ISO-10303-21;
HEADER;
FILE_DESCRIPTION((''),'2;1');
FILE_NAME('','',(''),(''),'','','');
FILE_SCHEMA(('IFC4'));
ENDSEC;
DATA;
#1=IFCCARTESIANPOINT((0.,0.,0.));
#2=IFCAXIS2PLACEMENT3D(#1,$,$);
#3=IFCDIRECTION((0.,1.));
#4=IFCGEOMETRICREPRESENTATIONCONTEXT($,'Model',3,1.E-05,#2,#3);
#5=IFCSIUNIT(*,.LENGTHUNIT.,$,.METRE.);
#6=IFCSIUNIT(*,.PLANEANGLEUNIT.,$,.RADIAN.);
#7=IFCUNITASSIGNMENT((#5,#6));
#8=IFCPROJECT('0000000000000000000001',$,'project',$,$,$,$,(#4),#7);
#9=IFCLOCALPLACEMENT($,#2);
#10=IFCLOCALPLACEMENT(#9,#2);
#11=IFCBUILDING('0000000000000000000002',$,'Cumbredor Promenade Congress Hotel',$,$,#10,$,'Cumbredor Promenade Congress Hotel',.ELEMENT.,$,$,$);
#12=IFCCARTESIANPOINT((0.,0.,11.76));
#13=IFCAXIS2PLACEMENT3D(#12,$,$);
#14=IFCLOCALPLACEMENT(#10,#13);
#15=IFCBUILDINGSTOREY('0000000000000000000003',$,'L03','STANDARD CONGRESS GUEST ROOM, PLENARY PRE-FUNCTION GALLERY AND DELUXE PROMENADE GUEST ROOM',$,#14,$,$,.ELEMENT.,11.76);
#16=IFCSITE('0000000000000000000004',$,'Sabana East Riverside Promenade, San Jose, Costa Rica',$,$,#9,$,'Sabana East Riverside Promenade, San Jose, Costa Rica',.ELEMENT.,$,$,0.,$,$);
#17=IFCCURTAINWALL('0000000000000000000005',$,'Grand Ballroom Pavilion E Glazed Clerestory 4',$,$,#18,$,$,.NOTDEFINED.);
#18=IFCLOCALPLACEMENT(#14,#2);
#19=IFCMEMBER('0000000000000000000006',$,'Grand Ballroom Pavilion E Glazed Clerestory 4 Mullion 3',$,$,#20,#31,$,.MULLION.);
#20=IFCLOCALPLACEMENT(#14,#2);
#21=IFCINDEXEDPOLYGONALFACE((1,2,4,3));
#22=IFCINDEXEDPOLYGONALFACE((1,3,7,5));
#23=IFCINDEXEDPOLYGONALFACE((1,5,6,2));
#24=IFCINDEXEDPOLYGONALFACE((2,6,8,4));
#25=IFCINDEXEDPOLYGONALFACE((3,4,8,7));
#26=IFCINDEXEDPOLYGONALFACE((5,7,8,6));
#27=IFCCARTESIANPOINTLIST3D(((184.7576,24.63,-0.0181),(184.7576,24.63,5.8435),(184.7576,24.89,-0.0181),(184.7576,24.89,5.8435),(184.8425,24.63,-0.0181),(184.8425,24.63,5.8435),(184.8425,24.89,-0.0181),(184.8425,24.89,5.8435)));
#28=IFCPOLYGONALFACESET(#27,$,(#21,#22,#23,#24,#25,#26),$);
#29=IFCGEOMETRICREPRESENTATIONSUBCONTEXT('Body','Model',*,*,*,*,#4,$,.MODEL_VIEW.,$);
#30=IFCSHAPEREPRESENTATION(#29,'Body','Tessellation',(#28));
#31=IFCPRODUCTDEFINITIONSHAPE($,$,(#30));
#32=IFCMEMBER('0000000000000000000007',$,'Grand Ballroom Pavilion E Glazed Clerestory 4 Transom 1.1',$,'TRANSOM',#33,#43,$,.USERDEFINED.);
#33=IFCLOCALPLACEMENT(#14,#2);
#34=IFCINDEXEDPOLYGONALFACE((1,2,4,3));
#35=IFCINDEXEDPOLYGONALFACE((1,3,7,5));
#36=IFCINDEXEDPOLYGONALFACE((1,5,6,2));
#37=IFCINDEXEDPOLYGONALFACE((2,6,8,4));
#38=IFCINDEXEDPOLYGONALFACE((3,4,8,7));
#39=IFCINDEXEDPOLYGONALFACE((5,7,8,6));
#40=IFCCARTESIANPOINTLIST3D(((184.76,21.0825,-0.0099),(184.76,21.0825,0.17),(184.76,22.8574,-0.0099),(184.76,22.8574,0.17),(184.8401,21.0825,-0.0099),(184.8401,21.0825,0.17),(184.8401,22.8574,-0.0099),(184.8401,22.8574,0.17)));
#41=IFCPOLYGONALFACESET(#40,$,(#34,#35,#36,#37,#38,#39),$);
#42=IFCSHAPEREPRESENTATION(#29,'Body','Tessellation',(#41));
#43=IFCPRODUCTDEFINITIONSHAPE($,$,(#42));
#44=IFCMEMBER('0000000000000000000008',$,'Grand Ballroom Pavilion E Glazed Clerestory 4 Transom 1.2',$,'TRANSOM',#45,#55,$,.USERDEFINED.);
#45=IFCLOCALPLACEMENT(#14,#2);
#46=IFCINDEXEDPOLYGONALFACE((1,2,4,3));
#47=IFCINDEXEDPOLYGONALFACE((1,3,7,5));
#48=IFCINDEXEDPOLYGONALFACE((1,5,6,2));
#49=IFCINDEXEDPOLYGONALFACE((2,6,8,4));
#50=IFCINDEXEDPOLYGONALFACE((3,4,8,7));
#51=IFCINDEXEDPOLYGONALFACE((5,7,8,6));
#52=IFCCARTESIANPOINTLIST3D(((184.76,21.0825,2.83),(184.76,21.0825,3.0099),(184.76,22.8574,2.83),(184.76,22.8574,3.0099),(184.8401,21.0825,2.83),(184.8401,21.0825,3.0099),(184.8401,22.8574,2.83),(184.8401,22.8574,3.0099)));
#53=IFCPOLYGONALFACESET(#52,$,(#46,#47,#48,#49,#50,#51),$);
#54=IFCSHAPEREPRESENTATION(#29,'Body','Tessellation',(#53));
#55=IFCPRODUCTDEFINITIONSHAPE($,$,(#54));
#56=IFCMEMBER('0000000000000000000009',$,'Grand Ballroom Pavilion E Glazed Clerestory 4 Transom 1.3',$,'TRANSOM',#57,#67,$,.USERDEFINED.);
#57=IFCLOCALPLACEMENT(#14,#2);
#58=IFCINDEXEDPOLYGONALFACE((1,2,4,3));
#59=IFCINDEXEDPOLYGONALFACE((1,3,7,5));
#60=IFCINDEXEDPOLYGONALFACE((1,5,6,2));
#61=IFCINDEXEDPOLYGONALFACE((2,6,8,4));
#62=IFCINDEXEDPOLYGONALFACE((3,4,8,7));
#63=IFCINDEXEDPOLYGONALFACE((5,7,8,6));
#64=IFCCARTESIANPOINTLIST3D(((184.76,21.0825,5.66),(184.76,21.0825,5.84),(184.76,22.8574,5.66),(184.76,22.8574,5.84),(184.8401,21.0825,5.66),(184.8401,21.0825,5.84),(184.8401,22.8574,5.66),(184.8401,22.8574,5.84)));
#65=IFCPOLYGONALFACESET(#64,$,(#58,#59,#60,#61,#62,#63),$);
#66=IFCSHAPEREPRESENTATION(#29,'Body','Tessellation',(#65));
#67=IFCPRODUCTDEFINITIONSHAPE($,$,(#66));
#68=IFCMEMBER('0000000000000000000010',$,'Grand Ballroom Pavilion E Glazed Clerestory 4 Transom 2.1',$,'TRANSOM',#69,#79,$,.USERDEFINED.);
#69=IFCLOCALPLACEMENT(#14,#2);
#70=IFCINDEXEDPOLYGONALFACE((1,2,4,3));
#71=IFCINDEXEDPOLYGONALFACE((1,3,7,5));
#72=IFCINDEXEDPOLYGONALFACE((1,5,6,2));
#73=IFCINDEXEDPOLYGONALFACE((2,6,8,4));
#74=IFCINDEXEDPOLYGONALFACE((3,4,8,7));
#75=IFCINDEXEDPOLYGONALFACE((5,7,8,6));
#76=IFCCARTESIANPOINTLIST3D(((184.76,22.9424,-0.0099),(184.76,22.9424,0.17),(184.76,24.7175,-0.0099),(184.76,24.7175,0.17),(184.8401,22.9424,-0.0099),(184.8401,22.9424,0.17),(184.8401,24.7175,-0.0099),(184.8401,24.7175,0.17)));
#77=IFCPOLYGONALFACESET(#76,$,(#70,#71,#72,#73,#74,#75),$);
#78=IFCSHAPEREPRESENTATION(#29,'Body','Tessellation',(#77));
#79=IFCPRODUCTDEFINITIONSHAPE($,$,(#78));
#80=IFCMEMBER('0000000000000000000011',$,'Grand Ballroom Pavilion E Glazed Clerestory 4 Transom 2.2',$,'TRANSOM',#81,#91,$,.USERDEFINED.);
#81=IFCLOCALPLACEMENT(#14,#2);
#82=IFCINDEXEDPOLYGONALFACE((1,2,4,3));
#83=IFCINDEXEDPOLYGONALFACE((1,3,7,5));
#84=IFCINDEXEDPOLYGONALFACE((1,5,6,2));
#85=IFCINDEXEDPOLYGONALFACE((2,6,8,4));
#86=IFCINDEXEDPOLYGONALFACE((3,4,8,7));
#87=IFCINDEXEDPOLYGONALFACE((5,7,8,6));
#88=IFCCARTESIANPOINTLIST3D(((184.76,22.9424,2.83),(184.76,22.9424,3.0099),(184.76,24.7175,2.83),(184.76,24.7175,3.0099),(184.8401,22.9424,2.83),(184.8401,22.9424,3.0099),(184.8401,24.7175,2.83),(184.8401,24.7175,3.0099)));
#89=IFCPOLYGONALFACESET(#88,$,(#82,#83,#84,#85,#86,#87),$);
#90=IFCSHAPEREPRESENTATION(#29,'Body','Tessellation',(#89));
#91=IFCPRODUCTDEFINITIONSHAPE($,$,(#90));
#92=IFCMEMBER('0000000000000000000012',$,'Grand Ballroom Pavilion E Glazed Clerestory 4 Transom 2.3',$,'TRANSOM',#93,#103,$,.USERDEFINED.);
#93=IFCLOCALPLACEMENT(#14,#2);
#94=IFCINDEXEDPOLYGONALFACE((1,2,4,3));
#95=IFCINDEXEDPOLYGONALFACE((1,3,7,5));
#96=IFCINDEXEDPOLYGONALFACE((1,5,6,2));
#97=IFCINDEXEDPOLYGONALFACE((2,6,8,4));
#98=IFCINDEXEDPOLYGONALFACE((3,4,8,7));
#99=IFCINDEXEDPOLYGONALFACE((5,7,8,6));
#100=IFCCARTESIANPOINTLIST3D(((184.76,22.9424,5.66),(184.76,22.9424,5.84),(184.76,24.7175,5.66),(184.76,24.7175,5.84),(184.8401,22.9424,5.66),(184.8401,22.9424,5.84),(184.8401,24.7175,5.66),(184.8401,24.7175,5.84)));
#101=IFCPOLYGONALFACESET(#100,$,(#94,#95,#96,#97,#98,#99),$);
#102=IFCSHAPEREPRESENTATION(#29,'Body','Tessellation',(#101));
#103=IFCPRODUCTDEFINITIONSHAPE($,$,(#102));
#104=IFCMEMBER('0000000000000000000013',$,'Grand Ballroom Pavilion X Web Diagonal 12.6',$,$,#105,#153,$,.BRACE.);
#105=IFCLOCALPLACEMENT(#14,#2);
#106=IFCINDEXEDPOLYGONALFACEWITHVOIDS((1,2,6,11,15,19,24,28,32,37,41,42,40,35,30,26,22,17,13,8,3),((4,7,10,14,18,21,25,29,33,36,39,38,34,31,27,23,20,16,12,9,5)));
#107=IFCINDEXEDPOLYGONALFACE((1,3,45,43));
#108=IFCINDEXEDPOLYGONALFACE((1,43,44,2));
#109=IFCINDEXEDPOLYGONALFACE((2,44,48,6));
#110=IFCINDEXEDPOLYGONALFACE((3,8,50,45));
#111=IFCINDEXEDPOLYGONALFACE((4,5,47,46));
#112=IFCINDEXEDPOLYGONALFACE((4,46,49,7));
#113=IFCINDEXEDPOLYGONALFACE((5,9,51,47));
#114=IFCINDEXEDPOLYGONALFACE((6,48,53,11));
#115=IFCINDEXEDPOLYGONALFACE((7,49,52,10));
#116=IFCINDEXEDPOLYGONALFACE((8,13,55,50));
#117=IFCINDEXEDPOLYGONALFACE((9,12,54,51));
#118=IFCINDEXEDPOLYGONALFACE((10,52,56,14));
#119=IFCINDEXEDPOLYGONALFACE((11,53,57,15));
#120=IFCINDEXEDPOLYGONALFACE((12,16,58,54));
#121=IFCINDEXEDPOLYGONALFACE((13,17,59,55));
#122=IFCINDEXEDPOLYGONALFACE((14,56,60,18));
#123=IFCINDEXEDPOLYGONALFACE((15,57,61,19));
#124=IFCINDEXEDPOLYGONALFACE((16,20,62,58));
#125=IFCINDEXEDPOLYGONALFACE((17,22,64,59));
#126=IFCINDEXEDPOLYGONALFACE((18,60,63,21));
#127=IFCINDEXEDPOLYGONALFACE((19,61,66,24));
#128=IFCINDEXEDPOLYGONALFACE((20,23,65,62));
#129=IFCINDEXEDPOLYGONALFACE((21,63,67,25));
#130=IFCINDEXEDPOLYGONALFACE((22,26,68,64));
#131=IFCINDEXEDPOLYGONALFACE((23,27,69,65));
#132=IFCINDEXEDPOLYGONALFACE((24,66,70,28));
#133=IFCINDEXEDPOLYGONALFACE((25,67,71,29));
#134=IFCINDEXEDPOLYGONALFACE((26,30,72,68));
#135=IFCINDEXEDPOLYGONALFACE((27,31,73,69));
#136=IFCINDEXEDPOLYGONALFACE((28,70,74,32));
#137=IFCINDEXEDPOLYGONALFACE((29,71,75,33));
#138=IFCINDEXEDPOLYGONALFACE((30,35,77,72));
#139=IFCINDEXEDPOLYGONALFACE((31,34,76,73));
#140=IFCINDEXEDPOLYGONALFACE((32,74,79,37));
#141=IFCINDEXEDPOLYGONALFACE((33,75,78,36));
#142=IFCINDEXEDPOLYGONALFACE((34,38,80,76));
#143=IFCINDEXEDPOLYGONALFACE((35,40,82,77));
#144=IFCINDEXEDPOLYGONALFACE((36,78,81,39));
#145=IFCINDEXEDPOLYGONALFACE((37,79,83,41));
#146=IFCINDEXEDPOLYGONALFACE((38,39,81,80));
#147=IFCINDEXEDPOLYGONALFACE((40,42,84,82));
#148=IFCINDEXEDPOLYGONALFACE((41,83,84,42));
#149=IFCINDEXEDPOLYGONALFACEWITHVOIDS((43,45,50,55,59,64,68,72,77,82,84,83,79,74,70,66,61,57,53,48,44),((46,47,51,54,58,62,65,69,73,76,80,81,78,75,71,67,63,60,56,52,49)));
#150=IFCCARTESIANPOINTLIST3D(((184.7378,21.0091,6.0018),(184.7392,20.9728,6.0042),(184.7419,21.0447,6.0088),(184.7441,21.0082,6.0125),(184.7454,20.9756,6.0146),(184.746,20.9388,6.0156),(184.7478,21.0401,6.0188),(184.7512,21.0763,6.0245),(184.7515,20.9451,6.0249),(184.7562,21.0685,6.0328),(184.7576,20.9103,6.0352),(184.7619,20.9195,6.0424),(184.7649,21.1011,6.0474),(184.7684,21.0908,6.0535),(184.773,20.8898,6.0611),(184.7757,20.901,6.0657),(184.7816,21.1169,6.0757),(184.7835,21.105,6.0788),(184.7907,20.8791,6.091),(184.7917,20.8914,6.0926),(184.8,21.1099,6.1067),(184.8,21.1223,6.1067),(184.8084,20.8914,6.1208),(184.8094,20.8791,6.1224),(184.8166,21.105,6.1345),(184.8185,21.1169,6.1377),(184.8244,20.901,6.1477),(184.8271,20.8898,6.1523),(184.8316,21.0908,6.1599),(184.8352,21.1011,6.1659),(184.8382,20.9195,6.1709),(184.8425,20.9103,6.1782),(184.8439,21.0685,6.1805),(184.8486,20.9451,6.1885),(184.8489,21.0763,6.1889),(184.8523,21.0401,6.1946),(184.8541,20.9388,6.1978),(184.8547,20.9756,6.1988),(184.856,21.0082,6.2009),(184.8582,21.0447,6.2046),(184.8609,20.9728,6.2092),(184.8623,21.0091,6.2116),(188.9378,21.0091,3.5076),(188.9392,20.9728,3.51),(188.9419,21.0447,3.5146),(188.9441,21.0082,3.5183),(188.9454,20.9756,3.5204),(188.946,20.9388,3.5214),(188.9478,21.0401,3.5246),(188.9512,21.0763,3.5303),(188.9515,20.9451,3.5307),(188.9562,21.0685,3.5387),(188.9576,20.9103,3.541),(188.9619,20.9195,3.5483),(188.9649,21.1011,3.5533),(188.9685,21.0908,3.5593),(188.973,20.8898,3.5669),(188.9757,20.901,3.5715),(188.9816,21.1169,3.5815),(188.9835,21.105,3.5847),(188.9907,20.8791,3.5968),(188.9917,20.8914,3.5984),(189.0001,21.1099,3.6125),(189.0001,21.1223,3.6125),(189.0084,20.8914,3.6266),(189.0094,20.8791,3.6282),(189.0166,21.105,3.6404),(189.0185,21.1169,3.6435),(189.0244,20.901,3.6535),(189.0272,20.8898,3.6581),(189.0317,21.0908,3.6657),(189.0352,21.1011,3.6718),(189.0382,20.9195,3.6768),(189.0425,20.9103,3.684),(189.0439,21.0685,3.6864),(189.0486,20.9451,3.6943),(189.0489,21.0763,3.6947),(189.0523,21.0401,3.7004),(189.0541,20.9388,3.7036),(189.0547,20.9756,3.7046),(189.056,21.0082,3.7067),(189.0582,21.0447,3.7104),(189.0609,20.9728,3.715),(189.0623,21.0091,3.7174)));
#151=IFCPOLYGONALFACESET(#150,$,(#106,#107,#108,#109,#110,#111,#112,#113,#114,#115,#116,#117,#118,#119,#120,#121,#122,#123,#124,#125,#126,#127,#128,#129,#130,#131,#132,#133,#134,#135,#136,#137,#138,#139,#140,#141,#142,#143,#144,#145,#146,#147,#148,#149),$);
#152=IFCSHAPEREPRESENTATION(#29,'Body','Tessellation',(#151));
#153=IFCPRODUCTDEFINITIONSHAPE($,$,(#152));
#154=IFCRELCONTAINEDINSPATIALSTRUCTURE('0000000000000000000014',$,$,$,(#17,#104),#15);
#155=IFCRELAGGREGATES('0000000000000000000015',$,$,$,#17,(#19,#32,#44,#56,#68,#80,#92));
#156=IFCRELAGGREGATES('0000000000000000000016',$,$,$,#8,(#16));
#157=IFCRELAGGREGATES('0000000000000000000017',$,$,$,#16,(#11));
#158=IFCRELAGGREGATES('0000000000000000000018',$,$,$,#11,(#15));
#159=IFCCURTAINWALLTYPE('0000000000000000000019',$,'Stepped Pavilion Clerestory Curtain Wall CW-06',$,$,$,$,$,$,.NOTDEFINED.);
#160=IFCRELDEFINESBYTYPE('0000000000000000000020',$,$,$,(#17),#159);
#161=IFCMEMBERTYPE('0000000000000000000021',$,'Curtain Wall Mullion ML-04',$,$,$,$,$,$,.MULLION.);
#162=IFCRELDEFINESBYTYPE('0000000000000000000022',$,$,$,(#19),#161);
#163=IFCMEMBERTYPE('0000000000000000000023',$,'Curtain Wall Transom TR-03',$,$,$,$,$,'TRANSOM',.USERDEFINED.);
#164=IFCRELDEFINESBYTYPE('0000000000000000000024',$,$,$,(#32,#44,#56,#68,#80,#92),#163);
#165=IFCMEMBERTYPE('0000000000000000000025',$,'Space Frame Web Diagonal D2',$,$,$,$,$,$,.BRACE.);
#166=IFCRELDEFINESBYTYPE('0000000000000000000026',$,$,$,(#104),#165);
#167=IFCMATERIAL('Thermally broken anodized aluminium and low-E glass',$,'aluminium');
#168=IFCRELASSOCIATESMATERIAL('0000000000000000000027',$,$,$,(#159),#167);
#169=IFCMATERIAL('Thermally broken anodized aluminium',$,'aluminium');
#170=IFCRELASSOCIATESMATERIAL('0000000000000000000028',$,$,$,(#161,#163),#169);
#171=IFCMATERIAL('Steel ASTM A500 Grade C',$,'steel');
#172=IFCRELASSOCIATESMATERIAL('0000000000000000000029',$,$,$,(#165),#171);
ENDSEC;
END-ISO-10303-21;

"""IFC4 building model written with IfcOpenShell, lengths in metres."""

from ifc_helpers import new_model, si_unit, direction, frame, origin, origin_2d, place, context, subcontext, project, spatial, rectangle, hollow_circle, extrude, material, material_profile, profile_set, type_object, element, aggregate, save


model = new_model("IFC4")

# Units and contexts
model_context = context("Model", 3, precision=1e-05, world=origin(), true_north=direction((0.0, 1.0)))
body_context = subcontext(model_context, "Body", "Model", "MODEL_VIEW")
ifc_project = project(units=[si_unit("LENGTHUNIT", "METRE"), si_unit("PLANEANGLEUNIT", "RADIAN")], contexts=[model_context])

# Site, building, storey
site_placement = place(None, origin())
site = spatial("IfcSite", under=ifc_project, at=site_placement, Name="Sabana East Riverside Promenade, San Jose, Costa Rica", LongName="Sabana East Riverside Promenade, San Jose, Costa Rica", CompositionType="ELEMENT", RefElevation=0.0)
building_placement = place(site_placement, origin())
building = spatial("IfcBuilding", under=site, at=building_placement, Name="Cumbredor Promenade Congress Hotel", LongName="Cumbredor Promenade Congress Hotel", CompositionType="ELEMENT")
storey_placement = place(building_placement, frame((0.0, 0.0, 11.76)))
storey = spatial("IfcBuildingStorey", under=building, at=storey_placement, Name="L03", Description="STANDARD CONGRESS GUEST ROOM, PLENARY PRE-FUNCTION GALLERY AND DELUXE PROMENADE GUEST ROOM", CompositionType="ELEMENT", Elevation=11.76)

# Shared definitions
ifc_material_1 = material(Name="Steel ASTM A500 Grade C", Category="steel")

# Curtain wall, members
ifc_material_2 = material(Name="Thermally broken anodized aluminium and low-E glass", Category="aluminium")
curtain_wall_type = type_object("IfcCurtainWallType", Name="Stepped Pavilion Clerestory Curtain Wall CW-06", PredefinedType="NOTDEFINED", material=ifc_material_2)
curtain_wall_placement = place(storey_placement, origin())
curtain_wall = element("IfcCurtainWall", 1, at=curtain_wall_placement, inside=storey, type_object=curtain_wall_type, Name="Grand Ballroom Pavilion E Glazed Clerestory 4", PredefinedType="NOTDEFINED")
ifc_material_3 = material(Name="Thermally broken anodized aluminium", Category="aluminium")
ifc_material_profile_1 = material_profile(ifc_material_3, rectangle(XDim=0.085, YDim=0.26, at=origin_2d()), Name="ALU MULLION CLERESTORY 85x260")
ifc_profile_set_1 = profile_set([ifc_material_profile_1], Name="Thermally broken anodized aluminium")
member_type_1 = type_object("IfcMemberType", Name="Curtain Wall Mullion ML-04", PredefinedType="MULLION", material=ifc_profile_set_1)
member_1_placement = place(storey_placement, frame((184.8, 24.76, -0.0181), z_axis=(0.0, 0.0, 1.0), x_axis=(1.0, 0.0, 0.0)))
member_1 = element("IfcMember", 2, at=member_1_placement, type_object=member_type_1, Name="Grand Ballroom Pavilion E Glazed Clerestory 4 Mullion 3", PredefinedType="MULLION", context=body_context, shape_type="SweptSolid", body=[
    extrude(rectangle(XDim=0.085, YDim=0.26, at=origin_2d()), origin(), (0.0, 0.0, 1.0), 5.8616),
])
ifc_material_profile_2 = material_profile(ifc_material_3, rectangle(XDim=0.0801, YDim=0.1799, at=origin_2d()), Name="ALU TRANSOM 80x180")
ifc_profile_set_2 = profile_set([ifc_material_profile_2], Name="Thermally broken anodized aluminium")
member_type_2 = type_object("IfcMemberType", Name="Curtain Wall Transom TR-03", ElementType="TRANSOM", PredefinedType="USERDEFINED", material=ifc_profile_set_2)
member_2_placement = place(storey_placement, frame((184.8, 21.0825, 0.0801), z_axis=(0.0, 1.0, 0.0), x_axis=(-1.0, 0.0, 0.0)))
member_2 = element("IfcMember", 3, at=member_2_placement, type_object=member_type_2, Name="Grand Ballroom Pavilion E Glazed Clerestory 4 Transom 1.1", ObjectType="TRANSOM", PredefinedType="USERDEFINED", context=body_context, shape_type="SweptSolid", body=[
    extrude(rectangle(XDim=0.0801, YDim=0.1799, at=origin_2d()), origin(), (0.0, 0.0, 1.0), 1.7749),
])
member_3_placement = place(storey_placement, frame((184.8, 21.0825, 2.9199), z_axis=(0.0, 1.0, 0.0), x_axis=(-1.0, 0.0, 0.0)))
member_3 = element("IfcMember", 4, at=member_3_placement, type_object=member_type_2, Name="Grand Ballroom Pavilion E Glazed Clerestory 4 Transom 1.2", ObjectType="TRANSOM", PredefinedType="USERDEFINED", context=body_context, shape_type="SweptSolid", body=[
    extrude(rectangle(XDim=0.0801, YDim=0.1799, at=origin_2d()), origin(), (0.0, 0.0, 1.0), 1.7749),
])
member_4_placement = place(storey_placement, frame((184.8, 21.0825, 5.75), z_axis=(0.0, 1.0, 0.0), x_axis=(-1.0, 0.0, 0.0)))
member_4 = element("IfcMember", 5, at=member_4_placement, type_object=member_type_2, Name="Grand Ballroom Pavilion E Glazed Clerestory 4 Transom 1.3", ObjectType="TRANSOM", PredefinedType="USERDEFINED", context=body_context, shape_type="SweptSolid", body=[
    extrude(rectangle(XDim=0.0801, YDim=0.1799, at=origin_2d()), origin(), (0.0, 0.0, 1.0), 1.7749),
])
member_5_placement = place(storey_placement, frame((184.8, 22.9424, 0.0801), z_axis=(0.0, 1.0, 0.0), x_axis=(-1.0, 0.0, 0.0)))
member_5 = element("IfcMember", 6, at=member_5_placement, type_object=member_type_2, Name="Grand Ballroom Pavilion E Glazed Clerestory 4 Transom 2.1", ObjectType="TRANSOM", PredefinedType="USERDEFINED", context=body_context, shape_type="SweptSolid", body=[
    extrude(rectangle(XDim=0.0801, YDim=0.1799, at=origin_2d()), origin(), (0.0, 0.0, 1.0), 1.7751),
])
member_6_placement = place(storey_placement, frame((184.8, 22.9424, 2.9199), z_axis=(0.0, 1.0, 0.0), x_axis=(-1.0, 0.0, 0.0)))
member_6 = element("IfcMember", 7, at=member_6_placement, type_object=member_type_2, Name="Grand Ballroom Pavilion E Glazed Clerestory 4 Transom 2.2", ObjectType="TRANSOM", PredefinedType="USERDEFINED", context=body_context, shape_type="SweptSolid", body=[
    extrude(rectangle(XDim=0.0801, YDim=0.1799, at=origin_2d()), origin(), (0.0, 0.0, 1.0), 1.7751),
])
member_7_placement = place(storey_placement, frame((184.8, 22.9424, 5.75), z_axis=(0.0, 1.0, 0.0), x_axis=(-1.0, 0.0, 0.0)))
member_7 = element("IfcMember", 8, at=member_7_placement, type_object=member_type_2, Name="Grand Ballroom Pavilion E Glazed Clerestory 4 Transom 2.3", ObjectType="TRANSOM", PredefinedType="USERDEFINED", context=body_context, shape_type="SweptSolid", body=[
    extrude(rectangle(XDim=0.0801, YDim=0.1799, at=origin_2d()), origin(), (0.0, 0.0, 1.0), 1.7751),
])

# Member
ifc_material_profile_3 = material_profile(ifc_material_1, hollow_circle(Radius=0.1223, WallThickness=0.0125, at=origin_2d()), Name="CHS 244.5x12.5")
ifc_profile_set_3 = profile_set([ifc_material_profile_3], Name="Steel ASTM A500 Grade C")
member_type_3 = type_object("IfcMemberType", Name="Space Frame Web Diagonal D2", PredefinedType="BRACE", material=ifc_profile_set_3)
member_8_placement = place(storey_placement, frame((184.8, 21.0, 6.1067), z_axis=(0.859817, 0.0, -0.510602), x_axis=(0.0, 1.0, 0.0)))
element("IfcMember", 9, at=member_8_placement, inside=storey, type_object=member_type_3, Name="Grand Ballroom Pavilion X Web Diagonal 12.6", PredefinedType="BRACE", context=body_context, shape_type="SweptSolid", body=[
    extrude(hollow_circle(Radius=0.1223, WallThickness=0.0125, at=origin_2d()), origin(), (0.0, 0.0, 1.0), 4.8848),
])

aggregate(curtain_wall, [member_1, member_2, member_3, member_4, member_5, member_6, member_7])

save(model, "model.ifc")
